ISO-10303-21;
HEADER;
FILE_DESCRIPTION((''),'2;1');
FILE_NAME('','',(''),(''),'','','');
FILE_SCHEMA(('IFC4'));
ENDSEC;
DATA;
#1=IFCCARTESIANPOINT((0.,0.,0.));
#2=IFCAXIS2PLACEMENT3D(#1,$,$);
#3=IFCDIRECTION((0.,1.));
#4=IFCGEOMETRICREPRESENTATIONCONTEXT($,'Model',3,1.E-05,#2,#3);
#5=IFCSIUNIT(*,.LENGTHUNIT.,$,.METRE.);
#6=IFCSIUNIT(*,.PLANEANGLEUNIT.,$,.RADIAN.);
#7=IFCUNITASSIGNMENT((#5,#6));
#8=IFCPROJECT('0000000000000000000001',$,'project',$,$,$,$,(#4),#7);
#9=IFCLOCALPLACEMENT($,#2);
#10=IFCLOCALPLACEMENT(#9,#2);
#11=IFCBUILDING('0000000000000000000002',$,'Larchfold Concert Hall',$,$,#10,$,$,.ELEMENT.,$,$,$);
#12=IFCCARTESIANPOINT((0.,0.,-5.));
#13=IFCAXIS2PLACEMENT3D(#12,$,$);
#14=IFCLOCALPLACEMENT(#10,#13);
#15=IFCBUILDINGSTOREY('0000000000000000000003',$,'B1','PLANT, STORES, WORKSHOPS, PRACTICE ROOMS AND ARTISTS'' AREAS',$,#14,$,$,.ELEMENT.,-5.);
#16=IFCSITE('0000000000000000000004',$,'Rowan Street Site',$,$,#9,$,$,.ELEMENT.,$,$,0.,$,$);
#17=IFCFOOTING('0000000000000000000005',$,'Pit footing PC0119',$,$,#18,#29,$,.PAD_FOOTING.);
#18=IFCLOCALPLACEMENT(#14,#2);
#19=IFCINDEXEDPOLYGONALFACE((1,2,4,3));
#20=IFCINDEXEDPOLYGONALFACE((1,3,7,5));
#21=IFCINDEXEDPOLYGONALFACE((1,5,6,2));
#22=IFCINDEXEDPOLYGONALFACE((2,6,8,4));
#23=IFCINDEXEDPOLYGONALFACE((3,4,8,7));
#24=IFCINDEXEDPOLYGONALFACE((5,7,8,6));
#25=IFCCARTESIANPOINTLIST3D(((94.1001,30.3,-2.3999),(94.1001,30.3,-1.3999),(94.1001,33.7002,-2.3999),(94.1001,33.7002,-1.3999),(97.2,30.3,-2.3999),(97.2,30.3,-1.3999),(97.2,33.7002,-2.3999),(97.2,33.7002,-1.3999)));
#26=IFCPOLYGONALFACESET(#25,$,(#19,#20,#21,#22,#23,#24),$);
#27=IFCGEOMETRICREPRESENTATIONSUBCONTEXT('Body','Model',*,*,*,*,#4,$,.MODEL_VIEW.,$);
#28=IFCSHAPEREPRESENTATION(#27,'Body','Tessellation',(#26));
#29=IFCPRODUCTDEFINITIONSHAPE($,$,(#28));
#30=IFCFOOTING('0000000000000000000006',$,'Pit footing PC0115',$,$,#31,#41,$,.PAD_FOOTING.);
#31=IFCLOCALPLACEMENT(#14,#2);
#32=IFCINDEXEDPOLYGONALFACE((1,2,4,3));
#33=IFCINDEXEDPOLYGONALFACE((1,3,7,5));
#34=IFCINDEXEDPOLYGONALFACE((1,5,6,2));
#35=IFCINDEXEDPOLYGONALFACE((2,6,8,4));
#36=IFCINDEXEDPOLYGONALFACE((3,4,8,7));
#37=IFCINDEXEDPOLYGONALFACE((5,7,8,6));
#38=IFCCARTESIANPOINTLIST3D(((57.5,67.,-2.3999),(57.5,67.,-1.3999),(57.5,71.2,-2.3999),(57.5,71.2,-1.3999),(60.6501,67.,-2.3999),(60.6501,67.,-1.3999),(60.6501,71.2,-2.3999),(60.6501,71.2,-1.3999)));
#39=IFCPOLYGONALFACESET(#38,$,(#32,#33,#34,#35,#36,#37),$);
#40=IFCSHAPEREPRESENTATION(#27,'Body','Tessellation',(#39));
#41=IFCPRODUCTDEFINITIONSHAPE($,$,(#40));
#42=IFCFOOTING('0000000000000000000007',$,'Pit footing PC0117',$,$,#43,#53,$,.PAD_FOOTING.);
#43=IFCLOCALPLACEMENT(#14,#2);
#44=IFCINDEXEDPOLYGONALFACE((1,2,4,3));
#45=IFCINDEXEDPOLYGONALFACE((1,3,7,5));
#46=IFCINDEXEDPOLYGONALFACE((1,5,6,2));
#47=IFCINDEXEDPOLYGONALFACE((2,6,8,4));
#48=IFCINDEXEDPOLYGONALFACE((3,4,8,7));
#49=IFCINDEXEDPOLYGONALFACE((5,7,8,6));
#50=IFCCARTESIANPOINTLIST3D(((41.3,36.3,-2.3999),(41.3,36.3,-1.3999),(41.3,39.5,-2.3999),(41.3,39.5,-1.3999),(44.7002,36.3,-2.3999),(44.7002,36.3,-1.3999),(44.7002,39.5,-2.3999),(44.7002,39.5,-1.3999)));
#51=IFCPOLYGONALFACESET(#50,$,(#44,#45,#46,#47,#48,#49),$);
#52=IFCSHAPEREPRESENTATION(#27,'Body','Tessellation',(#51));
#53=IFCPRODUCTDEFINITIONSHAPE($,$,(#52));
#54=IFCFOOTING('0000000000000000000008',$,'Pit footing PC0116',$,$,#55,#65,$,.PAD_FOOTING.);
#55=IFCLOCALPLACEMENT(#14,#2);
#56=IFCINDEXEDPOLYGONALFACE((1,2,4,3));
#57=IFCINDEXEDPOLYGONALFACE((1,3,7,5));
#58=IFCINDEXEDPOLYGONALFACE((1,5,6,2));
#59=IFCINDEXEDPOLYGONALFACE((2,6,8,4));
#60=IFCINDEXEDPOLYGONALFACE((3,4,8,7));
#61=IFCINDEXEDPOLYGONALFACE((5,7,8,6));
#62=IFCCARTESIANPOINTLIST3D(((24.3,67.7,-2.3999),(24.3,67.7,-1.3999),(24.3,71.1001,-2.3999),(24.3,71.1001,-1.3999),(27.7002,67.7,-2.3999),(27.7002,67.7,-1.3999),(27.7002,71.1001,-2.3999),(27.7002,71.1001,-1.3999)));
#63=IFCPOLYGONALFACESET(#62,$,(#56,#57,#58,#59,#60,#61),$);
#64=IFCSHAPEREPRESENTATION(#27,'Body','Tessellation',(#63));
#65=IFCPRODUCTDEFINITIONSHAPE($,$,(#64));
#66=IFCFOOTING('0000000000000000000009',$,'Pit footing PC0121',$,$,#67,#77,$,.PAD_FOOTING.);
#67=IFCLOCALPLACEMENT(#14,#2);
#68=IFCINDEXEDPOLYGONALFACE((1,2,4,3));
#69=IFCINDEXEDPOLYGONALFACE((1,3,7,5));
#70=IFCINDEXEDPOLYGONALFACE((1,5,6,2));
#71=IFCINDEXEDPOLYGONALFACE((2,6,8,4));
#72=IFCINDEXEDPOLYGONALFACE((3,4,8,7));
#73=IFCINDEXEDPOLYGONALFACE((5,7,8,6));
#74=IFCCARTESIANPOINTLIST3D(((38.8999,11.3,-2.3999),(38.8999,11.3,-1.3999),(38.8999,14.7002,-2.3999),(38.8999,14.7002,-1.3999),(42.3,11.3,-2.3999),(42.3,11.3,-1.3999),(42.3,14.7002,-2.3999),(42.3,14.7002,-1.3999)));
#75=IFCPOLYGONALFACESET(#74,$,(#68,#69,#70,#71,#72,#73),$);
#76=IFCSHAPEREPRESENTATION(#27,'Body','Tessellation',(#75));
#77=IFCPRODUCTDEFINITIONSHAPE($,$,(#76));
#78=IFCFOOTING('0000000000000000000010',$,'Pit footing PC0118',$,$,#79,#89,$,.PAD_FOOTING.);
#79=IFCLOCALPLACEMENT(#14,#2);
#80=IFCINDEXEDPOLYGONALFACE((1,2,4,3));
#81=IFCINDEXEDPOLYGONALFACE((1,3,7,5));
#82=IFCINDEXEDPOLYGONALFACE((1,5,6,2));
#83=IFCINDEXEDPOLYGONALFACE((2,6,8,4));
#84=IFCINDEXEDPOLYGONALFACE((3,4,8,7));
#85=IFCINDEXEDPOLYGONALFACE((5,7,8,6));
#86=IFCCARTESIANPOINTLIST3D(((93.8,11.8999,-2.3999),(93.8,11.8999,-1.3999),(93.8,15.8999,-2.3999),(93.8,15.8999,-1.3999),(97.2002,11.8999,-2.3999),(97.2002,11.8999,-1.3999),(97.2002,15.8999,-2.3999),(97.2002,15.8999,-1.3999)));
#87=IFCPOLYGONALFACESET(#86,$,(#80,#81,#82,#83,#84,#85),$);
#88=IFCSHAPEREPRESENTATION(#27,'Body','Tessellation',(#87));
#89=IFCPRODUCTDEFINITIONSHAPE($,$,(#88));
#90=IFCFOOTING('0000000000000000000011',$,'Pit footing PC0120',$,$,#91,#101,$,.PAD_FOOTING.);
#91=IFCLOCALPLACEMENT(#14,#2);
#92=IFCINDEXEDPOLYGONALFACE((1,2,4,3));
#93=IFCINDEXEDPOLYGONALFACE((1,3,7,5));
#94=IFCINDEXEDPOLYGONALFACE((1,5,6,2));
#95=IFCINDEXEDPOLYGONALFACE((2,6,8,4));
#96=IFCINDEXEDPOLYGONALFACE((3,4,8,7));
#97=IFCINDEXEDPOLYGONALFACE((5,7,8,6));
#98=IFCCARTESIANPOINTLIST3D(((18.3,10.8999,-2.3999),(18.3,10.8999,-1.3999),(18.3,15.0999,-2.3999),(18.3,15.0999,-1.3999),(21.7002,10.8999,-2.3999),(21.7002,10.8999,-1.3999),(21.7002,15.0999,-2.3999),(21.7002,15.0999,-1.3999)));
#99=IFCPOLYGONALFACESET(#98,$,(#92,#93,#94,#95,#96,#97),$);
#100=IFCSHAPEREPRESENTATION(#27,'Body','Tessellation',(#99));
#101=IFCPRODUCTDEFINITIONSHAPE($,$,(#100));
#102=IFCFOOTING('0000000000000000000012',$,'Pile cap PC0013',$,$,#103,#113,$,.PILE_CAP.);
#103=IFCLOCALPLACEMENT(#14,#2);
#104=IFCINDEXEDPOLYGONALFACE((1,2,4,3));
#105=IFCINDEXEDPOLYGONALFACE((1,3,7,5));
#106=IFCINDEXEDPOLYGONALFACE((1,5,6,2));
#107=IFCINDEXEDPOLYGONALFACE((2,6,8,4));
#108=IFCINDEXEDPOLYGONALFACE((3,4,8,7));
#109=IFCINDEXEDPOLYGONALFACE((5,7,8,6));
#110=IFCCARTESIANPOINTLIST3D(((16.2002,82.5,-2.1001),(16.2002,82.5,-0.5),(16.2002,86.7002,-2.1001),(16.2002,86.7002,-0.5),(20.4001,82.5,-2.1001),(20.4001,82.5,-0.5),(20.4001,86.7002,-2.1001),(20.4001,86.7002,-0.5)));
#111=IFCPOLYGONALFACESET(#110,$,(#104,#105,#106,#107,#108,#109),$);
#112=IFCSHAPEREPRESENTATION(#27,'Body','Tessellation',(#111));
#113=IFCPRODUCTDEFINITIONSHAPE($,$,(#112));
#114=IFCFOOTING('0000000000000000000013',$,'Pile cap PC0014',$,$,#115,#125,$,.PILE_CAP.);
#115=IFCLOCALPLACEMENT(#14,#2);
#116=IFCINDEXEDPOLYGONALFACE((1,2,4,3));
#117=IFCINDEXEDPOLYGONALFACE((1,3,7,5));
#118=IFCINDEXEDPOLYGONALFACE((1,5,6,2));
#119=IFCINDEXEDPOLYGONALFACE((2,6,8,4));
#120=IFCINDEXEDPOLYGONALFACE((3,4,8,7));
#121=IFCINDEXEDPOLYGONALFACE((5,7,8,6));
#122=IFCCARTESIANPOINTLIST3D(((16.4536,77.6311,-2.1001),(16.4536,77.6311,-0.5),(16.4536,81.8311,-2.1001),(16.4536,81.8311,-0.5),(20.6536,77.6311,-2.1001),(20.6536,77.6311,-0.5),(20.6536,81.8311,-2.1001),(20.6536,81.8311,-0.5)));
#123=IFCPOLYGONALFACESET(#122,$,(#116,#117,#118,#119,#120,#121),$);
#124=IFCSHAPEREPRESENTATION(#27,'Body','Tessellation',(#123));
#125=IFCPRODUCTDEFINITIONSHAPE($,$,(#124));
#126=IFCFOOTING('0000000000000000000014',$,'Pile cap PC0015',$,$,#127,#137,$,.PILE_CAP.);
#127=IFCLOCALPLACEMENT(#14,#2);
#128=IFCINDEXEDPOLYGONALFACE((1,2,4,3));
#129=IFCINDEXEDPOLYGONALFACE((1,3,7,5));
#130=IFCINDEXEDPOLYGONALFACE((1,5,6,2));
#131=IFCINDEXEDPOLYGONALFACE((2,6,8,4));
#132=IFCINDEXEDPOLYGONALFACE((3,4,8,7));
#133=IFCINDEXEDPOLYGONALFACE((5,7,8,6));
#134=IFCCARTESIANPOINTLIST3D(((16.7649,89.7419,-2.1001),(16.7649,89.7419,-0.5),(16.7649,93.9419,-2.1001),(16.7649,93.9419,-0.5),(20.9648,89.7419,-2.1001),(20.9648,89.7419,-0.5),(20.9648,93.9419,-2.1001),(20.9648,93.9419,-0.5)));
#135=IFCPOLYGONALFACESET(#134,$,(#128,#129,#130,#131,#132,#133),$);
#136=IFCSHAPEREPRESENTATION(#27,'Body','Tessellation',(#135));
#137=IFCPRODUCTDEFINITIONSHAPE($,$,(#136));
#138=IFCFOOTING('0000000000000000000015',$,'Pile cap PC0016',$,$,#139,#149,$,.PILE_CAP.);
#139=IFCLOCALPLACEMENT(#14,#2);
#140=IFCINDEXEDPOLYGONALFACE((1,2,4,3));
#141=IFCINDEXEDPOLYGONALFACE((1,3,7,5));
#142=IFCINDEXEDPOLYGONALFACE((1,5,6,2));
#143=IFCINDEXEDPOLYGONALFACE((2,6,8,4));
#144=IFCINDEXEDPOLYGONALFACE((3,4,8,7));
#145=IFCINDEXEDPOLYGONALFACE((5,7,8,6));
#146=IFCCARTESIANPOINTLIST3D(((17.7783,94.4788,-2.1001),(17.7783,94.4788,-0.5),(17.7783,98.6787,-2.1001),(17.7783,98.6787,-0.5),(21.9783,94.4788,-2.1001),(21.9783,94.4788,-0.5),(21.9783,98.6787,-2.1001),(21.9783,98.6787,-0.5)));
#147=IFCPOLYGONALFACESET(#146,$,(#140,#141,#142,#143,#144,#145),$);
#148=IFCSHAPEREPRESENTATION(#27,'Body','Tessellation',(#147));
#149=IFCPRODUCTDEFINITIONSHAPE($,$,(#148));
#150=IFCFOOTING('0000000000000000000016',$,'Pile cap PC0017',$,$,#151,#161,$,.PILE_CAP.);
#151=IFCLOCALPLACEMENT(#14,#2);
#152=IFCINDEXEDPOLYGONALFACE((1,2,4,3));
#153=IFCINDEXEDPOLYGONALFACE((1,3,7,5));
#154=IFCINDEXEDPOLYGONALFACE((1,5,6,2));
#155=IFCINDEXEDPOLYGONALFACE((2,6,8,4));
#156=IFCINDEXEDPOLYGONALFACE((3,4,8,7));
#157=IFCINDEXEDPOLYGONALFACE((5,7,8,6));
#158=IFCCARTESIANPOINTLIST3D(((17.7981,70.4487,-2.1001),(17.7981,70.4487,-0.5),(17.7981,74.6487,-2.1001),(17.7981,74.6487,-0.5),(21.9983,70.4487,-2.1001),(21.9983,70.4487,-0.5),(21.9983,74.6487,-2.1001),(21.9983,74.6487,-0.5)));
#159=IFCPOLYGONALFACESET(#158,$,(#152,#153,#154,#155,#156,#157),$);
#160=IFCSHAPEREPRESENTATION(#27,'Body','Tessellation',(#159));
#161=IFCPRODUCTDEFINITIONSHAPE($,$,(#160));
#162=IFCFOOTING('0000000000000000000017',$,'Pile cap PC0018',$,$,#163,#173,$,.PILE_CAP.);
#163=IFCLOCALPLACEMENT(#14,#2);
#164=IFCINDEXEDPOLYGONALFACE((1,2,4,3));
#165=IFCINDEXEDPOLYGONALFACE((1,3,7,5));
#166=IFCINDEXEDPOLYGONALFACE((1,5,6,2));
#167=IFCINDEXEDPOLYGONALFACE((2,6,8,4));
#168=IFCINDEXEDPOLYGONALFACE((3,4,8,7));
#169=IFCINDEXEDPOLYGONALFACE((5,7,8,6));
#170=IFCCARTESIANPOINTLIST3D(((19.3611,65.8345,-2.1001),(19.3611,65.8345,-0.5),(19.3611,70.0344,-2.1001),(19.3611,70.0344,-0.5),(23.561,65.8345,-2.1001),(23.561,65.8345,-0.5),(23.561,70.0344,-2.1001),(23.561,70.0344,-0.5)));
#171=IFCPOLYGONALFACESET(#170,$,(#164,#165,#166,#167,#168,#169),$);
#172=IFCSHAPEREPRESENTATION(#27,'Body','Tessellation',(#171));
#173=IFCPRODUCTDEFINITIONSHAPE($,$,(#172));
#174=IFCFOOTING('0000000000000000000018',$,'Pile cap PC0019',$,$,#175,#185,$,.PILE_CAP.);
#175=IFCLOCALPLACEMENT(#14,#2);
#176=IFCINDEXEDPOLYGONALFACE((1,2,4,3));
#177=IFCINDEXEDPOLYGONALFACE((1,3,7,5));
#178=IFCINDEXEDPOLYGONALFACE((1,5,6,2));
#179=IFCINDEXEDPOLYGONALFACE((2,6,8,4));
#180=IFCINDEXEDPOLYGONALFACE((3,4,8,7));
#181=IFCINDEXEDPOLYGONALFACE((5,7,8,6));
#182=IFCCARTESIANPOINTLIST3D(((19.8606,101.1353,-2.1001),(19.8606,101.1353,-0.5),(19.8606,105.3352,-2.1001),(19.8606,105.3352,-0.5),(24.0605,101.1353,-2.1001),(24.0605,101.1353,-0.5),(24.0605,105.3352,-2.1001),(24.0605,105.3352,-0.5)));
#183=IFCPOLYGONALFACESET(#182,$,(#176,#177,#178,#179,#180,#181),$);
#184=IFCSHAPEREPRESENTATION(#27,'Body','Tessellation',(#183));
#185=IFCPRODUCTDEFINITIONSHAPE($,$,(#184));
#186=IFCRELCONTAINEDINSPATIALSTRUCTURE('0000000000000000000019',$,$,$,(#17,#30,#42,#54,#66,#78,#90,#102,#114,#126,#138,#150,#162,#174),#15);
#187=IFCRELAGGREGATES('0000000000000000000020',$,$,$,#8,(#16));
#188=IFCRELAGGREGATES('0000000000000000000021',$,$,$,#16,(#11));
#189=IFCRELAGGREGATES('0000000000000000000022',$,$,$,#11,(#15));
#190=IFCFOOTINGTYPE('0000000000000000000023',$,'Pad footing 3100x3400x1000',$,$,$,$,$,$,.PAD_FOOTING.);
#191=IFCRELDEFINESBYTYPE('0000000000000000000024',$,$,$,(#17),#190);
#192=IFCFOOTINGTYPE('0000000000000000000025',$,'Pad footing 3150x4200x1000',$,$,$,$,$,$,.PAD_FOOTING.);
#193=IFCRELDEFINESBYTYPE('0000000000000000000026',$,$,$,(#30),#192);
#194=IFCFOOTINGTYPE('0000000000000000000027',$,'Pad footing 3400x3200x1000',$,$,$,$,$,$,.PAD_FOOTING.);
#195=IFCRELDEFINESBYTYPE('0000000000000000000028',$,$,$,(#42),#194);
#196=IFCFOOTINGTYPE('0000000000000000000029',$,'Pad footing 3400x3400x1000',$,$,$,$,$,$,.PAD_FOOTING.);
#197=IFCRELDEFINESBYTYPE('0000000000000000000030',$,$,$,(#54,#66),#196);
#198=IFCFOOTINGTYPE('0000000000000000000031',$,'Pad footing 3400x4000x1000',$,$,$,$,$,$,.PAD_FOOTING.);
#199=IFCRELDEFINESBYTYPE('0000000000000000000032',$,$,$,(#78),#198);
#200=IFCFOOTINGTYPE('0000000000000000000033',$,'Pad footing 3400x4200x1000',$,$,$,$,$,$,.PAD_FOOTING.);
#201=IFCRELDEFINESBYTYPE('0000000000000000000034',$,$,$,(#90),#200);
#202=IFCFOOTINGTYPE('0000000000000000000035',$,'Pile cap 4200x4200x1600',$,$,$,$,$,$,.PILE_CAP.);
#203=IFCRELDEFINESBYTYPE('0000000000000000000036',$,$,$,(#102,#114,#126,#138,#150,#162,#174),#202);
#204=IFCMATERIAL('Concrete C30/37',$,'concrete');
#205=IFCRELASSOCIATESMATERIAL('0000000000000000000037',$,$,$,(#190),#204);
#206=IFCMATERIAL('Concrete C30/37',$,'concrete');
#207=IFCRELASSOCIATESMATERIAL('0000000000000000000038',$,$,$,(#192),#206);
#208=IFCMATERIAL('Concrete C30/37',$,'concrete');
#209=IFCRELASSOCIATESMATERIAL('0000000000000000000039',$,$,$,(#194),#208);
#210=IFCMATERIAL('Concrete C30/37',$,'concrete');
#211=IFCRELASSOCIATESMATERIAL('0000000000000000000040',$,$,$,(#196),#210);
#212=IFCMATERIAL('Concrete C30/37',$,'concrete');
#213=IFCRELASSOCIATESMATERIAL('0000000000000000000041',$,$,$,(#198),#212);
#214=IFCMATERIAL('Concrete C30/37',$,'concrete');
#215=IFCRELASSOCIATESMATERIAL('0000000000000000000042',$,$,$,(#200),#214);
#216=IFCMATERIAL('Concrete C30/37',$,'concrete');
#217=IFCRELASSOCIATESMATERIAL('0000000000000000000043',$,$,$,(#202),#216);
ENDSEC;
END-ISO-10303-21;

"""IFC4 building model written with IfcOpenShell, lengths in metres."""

from ifc_helpers import new_model, si_unit, direction, frame, origin, place, context, subcontext, project, spatial, polyline, outline, extrude, material, type_object, element, save


model = new_model("IFC4")

# Units and contexts
model_context = context("Model", 3, precision=1e-05, world=origin(), true_north=direction((0.0, 1.0)))
body_context = subcontext(model_context, "Body", "Model", "MODEL_VIEW")
ifc_project = project(units=[si_unit("LENGTHUNIT", "METRE"), si_unit("PLANEANGLEUNIT", "RADIAN")], contexts=[model_context])

# Site, building, storey
site_placement = place(None, origin())
site = spatial("IfcSite", under=ifc_project, at=site_placement, Name="Rowan Street Site", CompositionType="ELEMENT", RefElevation=0.0)
building_placement = place(site_placement, origin())
building = spatial("IfcBuilding", under=site, at=building_placement, Name="Larchfold Concert Hall", CompositionType="ELEMENT")
storey_placement = place(building_placement, frame((0.0, 0.0, -5.0)))
storey = spatial("IfcBuildingStorey", under=building, at=storey_placement, Name="B1", Description="PLANT, STORES, WORKSHOPS, PRACTICE ROOMS AND ARTISTS' AREAS", CompositionType="ELEMENT", Elevation=-5.0)

# Footings
ifc_material_1 = material(Name="Concrete C30/37", Category="concrete")
footing_type_1 = type_object("IfcFootingType", Name="Pad footing 3100x3400x1000", PredefinedType="PAD_FOOTING", material=ifc_material_1)
footing_1_placement = place(storey_placement, frame((0.0, 0.0, -2.3999)))
element("IfcFooting", 1, at=footing_1_placement, inside=storey, type_object=footing_type_1, Name="Pit footing PC0119", PredefinedType="PAD_FOOTING", context=body_context, shape_type="SweptSolid", body=[
    extrude(outline(polyline([(97.2, 30.3), (97.2, 33.7002), (94.1001, 33.7002), (94.1001, 30.3), (97.2, 30.3)])), origin(), (0.0, 0.0, 1.0), 1.0),
])
ifc_material_2 = material(Name="Concrete C30/37", Category="concrete")
footing_type_2 = type_object("IfcFootingType", Name="Pad footing 3150x4200x1000", PredefinedType="PAD_FOOTING", material=ifc_material_2)
footing_2_placement = place(storey_placement, frame((0.0, 0.0, -2.3999)))
element("IfcFooting", 2, at=footing_2_placement, inside=storey, type_object=footing_type_2, Name="Pit footing PC0115", PredefinedType="PAD_FOOTING", context=body_context, shape_type="SweptSolid", body=[
    extrude(outline(polyline([(60.6501, 67.0), (60.6501, 71.2), (57.5, 71.2), (57.5, 67.0), (60.6501, 67.0)])), origin(), (0.0, 0.0, 1.0), 1.0),
])
ifc_material_3 = material(Name="Concrete C30/37", Category="concrete")
footing_type_3 = type_object("IfcFootingType", Name="Pad footing 3400x3200x1000", PredefinedType="PAD_FOOTING", material=ifc_material_3)
footing_3_placement = place(storey_placement, frame((0.0, 0.0, -2.3999)))
element("IfcFooting", 3, at=footing_3_placement, inside=storey, type_object=footing_type_3, Name="Pit footing PC0117", PredefinedType="PAD_FOOTING", context=body_context, shape_type="SweptSolid", body=[
    extrude(outline(polyline([(44.7002, 36.3), (44.7002, 39.5), (41.3, 39.5), (41.3, 36.3), (44.7002, 36.3)])), origin(), (0.0, 0.0, 1.0), 1.0),
])
ifc_material_4 = material(Name="Concrete C30/37", Category="concrete")
footing_type_4 = type_object("IfcFootingType", Name="Pad footing 3400x3400x1000", PredefinedType="PAD_FOOTING", material=ifc_material_4)
footing_4_placement = place(storey_placement, frame((0.0, 0.0, -2.3999)))
element("IfcFooting", 4, at=footing_4_placement, inside=storey, type_object=footing_type_4, Name="Pit footing PC0116", PredefinedType="PAD_FOOTING", context=body_context, shape_type="SweptSolid", body=[
    extrude(outline(polyline([(27.7002, 67.7), (27.7002, 71.1001), (24.3, 71.1001), (24.3, 67.7), (27.7002, 67.7)])), origin(), (0.0, 0.0, 1.0), 1.0),
])
footing_5_placement = place(storey_placement, frame((0.0, 0.0, -2.3999)))
element("IfcFooting", 5, at=footing_5_placement, inside=storey, type_object=footing_type_4, Name="Pit footing PC0121", PredefinedType="PAD_FOOTING", context=body_context, shape_type="SweptSolid", body=[
    extrude(outline(polyline([(42.3, 11.3), (42.3, 14.7002), (38.8999, 14.7002), (38.8999, 11.3), (42.3, 11.3)])), origin(), (0.0, 0.0, 1.0), 1.0),
])
ifc_material_5 = material(Name="Concrete C30/37", Category="concrete")
footing_type_5 = type_object("IfcFootingType", Name="Pad footing 3400x4000x1000", PredefinedType="PAD_FOOTING", material=ifc_material_5)
footing_6_placement = place(storey_placement, frame((0.0, 0.0, -2.3999)))
element("IfcFooting", 6, at=footing_6_placement, inside=storey, type_object=footing_type_5, Name="Pit footing PC0118", PredefinedType="PAD_FOOTING", context=body_context, shape_type="SweptSolid", body=[
    extrude(outline(polyline([(97.2002, 11.8999), (97.2002, 15.8999), (93.8, 15.8999), (93.8, 11.8999), (97.2002, 11.8999)])), origin(), (0.0, 0.0, 1.0), 1.0),
])
ifc_material_6 = material(Name="Concrete C30/37", Category="concrete")
footing_type_6 = type_object("IfcFootingType", Name="Pad footing 3400x4200x1000", PredefinedType="PAD_FOOTING", material=ifc_material_6)
footing_7_placement = place(storey_placement, frame((0.0, 0.0, -2.3999)))
element("IfcFooting", 7, at=footing_7_placement, inside=storey, type_object=footing_type_6, Name="Pit footing PC0120", PredefinedType="PAD_FOOTING", context=body_context, shape_type="SweptSolid", body=[
    extrude(outline(polyline([(21.7002, 10.8999), (21.7002, 15.0999), (18.3, 15.0999), (18.3, 10.8999), (21.7002, 10.8999)])), origin(), (0.0, 0.0, 1.0), 1.0),
])
ifc_material_7 = material(Name="Concrete C30/37", Category="concrete")
footing_type_7 = type_object("IfcFootingType", Name="Pile cap 4200x4200x1600", PredefinedType="PILE_CAP", material=ifc_material_7)
footing_8_placement = place(storey_placement, frame((0.0, 0.0, -2.1001)))
element("IfcFooting", 8, at=footing_8_placement, inside=storey, type_object=footing_type_7, Name="Pile cap PC0013", PredefinedType="PILE_CAP", context=body_context, shape_type="SweptSolid", body=[
    extrude(outline(polyline([(20.4001, 82.5), (20.4001, 86.7002), (16.2002, 86.7002), (16.2002, 82.5), (20.4001, 82.5)])), origin(), (0.0, 0.0, 1.0), 1.6001),
])
footing_9_placement = place(storey_placement, frame((0.0, 0.0, -2.1001)))
element("IfcFooting", 9, at=footing_9_placement, inside=storey, type_object=footing_type_7, Name="Pile cap PC0014", PredefinedType="PILE_CAP", context=body_context, shape_type="SweptSolid", body=[
    extrude(outline(polyline([(20.6536, 77.6311), (20.6536, 81.8311), (16.4536, 81.8311), (16.4536, 77.6311), (20.6536, 77.6311)])), origin(), (0.0, 0.0, 1.0), 1.6001),
])
footing_10_placement = place(storey_placement, frame((0.0, 0.0, -2.1001)))
element("IfcFooting", 10, at=footing_10_placement, inside=storey, type_object=footing_type_7, Name="Pile cap PC0015", PredefinedType="PILE_CAP", context=body_context, shape_type="SweptSolid", body=[
    extrude(outline(polyline([(20.9648, 89.7419), (20.9648, 93.9419), (16.7649, 93.9419), (16.7649, 89.7419), (20.9648, 89.7419)])), origin(), (0.0, 0.0, 1.0), 1.6001),
])
footing_11_placement = place(storey_placement, frame((0.0, 0.0, -2.1001)))
element("IfcFooting", 11, at=footing_11_placement, inside=storey, type_object=footing_type_7, Name="Pile cap PC0016", PredefinedType="PILE_CAP", context=body_context, shape_type="SweptSolid", body=[
    extrude(outline(polyline([(21.9783, 94.4788), (21.9783, 98.6787), (17.7783, 98.6787), (17.7783, 94.4788), (21.9783, 94.4788)])), origin(), (0.0, 0.0, 1.0), 1.6001),
])
footing_12_placement = place(storey_placement, frame((0.0, 0.0, -2.1001)))
element("IfcFooting", 12, at=footing_12_placement, inside=storey, type_object=footing_type_7, Name="Pile cap PC0017", PredefinedType="PILE_CAP", context=body_context, shape_type="SweptSolid", body=[
    extrude(outline(polyline([(21.9983, 70.4487), (21.9983, 74.6487), (17.7981, 74.6487), (17.7981, 70.4487), (21.9983, 70.4487)])), origin(), (0.0, 0.0, 1.0), 1.6001),
])
footing_13_placement = place(storey_placement, frame((0.0, 0.0, -2.1001)))
element("IfcFooting", 13, at=footing_13_placement, inside=storey, type_object=footing_type_7, Name="Pile cap PC0018", PredefinedType="PILE_CAP", context=body_context, shape_type="SweptSolid", body=[
    extrude(outline(polyline([(23.561, 65.8345), (23.561, 70.0344), (19.3611, 70.0344), (19.3611, 65.8345), (23.561, 65.8345)])), origin(), (0.0, 0.0, 1.0), 1.6001),
])
footing_14_placement = place(storey_placement, frame((0.0, 0.0, -2.1001)))
element("IfcFooting", 14, at=footing_14_placement, inside=storey, type_object=footing_type_7, Name="Pile cap PC0019", PredefinedType="PILE_CAP", context=body_context, shape_type="SweptSolid", body=[
    extrude(outline(polyline([(24.0605, 101.1353), (24.0605, 105.3352), (19.8606, 105.3352), (19.8606, 101.1353), (24.0605, 101.1353)])), origin(), (0.0, 0.0, 1.0), 1.6001),
])

save(model, "model.ifc")
